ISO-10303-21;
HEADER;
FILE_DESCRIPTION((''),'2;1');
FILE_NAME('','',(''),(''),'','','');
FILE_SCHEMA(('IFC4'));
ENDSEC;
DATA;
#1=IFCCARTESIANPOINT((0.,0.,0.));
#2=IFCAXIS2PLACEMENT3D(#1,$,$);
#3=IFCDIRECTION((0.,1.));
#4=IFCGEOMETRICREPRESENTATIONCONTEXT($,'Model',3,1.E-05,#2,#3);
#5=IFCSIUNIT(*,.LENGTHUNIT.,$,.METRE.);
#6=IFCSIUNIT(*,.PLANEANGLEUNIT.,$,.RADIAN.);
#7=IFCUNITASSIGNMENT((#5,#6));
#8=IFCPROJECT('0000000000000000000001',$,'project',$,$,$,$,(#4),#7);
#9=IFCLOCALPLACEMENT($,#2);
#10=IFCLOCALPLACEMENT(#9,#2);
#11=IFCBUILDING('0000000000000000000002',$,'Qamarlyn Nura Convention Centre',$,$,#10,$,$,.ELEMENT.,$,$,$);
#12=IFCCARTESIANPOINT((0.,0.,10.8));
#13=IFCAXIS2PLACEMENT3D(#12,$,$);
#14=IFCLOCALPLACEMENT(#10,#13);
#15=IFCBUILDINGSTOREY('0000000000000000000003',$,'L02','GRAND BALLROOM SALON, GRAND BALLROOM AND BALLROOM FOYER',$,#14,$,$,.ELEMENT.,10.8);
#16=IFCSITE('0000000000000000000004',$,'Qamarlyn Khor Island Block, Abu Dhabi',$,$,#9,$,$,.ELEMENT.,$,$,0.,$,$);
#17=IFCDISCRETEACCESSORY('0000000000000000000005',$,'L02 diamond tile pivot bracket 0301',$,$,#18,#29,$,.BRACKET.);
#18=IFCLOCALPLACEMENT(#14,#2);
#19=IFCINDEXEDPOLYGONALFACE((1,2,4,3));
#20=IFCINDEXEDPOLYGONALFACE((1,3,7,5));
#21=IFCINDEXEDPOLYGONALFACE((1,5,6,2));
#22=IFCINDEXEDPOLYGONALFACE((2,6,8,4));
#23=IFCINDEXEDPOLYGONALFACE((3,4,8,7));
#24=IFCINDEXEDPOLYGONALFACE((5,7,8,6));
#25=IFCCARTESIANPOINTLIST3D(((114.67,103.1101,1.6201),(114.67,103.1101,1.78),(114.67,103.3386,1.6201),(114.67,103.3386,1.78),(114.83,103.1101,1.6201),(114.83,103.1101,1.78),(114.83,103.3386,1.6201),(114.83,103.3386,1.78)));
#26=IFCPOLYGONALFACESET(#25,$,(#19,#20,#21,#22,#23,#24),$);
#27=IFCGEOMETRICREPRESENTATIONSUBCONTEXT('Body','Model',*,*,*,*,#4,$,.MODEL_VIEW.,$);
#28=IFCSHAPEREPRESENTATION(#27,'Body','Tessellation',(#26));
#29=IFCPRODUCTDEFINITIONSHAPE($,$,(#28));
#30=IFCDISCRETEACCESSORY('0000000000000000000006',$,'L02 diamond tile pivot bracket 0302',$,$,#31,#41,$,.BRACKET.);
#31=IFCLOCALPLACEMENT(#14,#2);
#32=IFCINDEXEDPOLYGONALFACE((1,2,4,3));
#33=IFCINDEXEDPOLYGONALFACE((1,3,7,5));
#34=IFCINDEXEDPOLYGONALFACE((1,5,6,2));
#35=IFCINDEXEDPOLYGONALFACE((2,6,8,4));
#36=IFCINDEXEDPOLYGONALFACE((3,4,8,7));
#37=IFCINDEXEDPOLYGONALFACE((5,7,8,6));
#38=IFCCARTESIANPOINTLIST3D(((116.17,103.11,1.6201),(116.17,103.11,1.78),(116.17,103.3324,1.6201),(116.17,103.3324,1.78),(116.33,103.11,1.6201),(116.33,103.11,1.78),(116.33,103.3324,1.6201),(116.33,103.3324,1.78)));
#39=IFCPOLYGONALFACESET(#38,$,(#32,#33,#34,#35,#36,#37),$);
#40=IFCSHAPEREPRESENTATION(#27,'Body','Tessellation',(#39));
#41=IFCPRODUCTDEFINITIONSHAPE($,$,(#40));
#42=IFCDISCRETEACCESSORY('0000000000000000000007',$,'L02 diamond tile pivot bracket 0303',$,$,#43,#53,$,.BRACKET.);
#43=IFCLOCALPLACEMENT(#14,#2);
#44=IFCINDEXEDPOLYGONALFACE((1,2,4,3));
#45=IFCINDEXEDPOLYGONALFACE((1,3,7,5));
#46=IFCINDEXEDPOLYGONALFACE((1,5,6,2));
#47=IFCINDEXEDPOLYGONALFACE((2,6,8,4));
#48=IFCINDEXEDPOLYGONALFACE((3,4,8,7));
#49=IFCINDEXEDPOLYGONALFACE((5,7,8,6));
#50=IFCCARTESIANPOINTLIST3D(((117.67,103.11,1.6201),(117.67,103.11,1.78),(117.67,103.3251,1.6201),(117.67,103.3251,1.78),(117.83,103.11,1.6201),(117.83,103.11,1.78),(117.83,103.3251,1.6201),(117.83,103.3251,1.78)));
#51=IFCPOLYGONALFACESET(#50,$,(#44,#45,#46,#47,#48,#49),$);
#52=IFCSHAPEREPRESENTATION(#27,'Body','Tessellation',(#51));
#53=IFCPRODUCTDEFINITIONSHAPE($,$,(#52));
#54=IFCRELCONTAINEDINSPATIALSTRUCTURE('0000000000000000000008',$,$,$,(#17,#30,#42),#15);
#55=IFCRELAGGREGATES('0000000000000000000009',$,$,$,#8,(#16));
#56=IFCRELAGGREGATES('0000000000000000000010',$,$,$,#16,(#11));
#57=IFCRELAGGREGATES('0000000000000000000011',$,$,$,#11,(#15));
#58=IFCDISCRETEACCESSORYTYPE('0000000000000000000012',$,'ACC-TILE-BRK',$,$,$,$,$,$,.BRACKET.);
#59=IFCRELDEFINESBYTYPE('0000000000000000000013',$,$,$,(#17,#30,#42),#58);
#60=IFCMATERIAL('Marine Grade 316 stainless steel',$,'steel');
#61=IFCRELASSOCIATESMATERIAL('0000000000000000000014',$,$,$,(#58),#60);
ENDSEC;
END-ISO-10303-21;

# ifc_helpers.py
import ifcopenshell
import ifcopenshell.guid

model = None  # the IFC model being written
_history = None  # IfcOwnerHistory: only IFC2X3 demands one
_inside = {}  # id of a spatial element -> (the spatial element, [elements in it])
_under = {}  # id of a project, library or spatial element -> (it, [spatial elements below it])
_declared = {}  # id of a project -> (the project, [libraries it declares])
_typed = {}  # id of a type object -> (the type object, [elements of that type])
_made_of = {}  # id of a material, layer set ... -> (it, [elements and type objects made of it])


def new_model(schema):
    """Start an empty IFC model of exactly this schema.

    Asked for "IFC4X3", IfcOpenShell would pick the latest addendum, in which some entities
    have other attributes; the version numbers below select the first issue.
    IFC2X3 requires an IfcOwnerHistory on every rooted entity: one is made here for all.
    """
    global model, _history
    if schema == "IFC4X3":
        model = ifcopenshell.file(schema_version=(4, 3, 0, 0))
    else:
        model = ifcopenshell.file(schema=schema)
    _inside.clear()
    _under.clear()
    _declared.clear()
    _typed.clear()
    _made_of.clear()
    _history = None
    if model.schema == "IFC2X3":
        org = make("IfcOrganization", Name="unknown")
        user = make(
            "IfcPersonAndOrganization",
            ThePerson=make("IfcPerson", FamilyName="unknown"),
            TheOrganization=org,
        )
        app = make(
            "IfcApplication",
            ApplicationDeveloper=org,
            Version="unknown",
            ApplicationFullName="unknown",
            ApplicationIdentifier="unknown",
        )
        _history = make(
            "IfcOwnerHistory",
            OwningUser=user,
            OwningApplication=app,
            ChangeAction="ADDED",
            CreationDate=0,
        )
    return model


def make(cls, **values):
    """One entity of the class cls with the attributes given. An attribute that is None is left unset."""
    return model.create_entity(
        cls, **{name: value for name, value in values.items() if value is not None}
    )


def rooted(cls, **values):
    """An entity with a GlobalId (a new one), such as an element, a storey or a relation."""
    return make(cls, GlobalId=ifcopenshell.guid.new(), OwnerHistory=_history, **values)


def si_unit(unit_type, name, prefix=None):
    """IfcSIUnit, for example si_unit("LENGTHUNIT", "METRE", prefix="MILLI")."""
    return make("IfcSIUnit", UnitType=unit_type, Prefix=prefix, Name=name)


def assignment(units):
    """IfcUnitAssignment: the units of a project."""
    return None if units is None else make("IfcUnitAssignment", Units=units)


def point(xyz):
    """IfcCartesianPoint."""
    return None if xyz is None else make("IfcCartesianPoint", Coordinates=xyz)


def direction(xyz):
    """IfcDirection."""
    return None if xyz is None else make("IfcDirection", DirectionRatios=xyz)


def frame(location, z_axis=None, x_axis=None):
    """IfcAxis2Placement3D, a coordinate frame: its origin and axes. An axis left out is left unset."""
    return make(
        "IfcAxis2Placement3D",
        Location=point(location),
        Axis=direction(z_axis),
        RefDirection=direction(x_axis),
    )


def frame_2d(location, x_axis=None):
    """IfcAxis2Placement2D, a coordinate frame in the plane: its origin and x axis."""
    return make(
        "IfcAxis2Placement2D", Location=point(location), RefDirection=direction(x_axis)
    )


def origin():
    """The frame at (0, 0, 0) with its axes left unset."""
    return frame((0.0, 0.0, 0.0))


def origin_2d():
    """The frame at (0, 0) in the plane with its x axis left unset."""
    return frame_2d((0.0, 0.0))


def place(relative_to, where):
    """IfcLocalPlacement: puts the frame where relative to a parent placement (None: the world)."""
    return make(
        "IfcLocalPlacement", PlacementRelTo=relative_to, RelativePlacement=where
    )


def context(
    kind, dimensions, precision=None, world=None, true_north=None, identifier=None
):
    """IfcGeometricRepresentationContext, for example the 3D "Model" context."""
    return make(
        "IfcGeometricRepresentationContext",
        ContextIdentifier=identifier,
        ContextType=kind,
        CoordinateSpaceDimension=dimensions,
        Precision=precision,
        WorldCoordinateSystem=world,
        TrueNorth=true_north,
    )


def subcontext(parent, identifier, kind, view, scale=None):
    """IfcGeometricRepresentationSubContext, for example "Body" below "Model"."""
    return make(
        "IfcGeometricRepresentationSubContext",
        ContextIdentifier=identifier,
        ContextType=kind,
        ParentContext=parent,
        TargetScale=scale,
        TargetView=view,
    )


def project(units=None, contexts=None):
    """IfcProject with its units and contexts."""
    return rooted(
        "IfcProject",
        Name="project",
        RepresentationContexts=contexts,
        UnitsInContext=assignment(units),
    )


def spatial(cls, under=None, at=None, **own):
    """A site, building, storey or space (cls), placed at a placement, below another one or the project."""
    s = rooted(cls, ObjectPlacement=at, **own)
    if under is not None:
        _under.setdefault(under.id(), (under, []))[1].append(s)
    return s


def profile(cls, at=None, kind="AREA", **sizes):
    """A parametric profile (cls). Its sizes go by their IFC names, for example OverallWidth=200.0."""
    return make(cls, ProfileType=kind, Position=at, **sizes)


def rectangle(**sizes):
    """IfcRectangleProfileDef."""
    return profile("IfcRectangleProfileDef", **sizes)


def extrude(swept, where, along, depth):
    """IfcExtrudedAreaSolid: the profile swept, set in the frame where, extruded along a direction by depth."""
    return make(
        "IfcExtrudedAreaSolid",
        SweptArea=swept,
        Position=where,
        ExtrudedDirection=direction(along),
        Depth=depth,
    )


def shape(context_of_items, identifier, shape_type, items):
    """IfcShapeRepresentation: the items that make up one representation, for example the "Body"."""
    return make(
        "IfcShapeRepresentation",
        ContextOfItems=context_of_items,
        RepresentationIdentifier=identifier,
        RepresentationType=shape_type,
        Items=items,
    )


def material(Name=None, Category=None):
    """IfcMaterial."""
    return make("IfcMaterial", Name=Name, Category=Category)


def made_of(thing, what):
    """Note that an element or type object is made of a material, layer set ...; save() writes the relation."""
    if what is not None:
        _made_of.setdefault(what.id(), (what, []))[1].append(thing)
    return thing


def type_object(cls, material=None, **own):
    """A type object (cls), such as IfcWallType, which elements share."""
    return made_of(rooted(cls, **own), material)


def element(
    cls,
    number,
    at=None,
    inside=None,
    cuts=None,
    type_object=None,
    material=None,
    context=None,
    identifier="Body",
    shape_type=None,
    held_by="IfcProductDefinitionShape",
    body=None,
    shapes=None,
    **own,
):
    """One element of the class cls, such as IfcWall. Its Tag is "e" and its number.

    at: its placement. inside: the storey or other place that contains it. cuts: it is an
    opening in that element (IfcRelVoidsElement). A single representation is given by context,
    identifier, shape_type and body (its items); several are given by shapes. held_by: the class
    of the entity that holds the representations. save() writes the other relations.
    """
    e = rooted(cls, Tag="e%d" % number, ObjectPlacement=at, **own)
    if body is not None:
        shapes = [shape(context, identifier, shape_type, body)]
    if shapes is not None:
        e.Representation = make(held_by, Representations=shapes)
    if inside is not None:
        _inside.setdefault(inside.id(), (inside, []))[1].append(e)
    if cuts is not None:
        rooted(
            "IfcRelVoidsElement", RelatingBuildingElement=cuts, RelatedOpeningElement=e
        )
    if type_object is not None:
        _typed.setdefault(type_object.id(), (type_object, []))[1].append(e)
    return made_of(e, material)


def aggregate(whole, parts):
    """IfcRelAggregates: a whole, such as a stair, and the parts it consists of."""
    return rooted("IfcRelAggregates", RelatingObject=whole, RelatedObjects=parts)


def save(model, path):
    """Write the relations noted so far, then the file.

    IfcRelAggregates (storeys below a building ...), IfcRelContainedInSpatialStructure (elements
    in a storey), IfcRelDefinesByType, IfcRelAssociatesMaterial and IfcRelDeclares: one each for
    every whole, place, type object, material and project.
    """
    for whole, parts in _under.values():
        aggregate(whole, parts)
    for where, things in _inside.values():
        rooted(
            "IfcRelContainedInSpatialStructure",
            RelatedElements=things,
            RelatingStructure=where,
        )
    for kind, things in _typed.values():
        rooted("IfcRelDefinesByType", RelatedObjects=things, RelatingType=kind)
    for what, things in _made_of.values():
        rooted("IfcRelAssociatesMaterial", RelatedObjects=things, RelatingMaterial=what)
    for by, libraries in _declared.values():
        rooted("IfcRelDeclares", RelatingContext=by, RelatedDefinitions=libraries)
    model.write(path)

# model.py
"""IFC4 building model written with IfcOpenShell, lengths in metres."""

from ifc_helpers import new_model, si_unit, direction, frame, origin, origin_2d, place, context, subcontext, project, spatial, rectangle, extrude, material, type_object, element, save


model = new_model("IFC4")

# Units and contexts
model_context = context("Model", 3, precision=1e-05, world=origin(), true_north=direction((0.0, 1.0)))
body_context = subcontext(model_context, "Body", "Model", "MODEL_VIEW")
ifc_project = project(units=[si_unit("LENGTHUNIT", "METRE"), si_unit("PLANEANGLEUNIT", "RADIAN")], contexts=[model_context])

# Site, building, storey
site_placement = place(None, origin())
site = spatial("IfcSite", under=ifc_project, at=site_placement, Name="Qamarlyn Khor Island Block, Abu Dhabi", CompositionType="ELEMENT", RefElevation=0.0)
building_placement = place(site_placement, origin())
building = spatial("IfcBuilding", under=site, at=building_placement, Name="Qamarlyn Nura Convention Centre", CompositionType="ELEMENT")
storey_placement = place(building_placement, frame((0.0, 0.0, 10.8)))
storey = spatial("IfcBuildingStorey", under=building, at=storey_placement, Name="L02", Description="GRAND BALLROOM SALON, GRAND BALLROOM AND BALLROOM FOYER", CompositionType="ELEMENT", Elevation=10.8)

# Discrete accessories
ifc_material_1 = material(Name="Marine Grade 316 stainless steel", Category="steel")
discrete_accessory_type_1 = type_object("IfcDiscreteAccessoryType", Name="ACC-TILE-BRK", PredefinedType="BRACKET", material=ifc_material_1)
discrete_accessory_1_placement = place(storey_placement, frame((114.75, 103.2244, 1.6201), z_axis=(0.0, 0.0, 1.0), x_axis=(0.0, 1.0, 0.0)))
element("IfcDiscreteAccessory", 1, at=discrete_accessory_1_placement, inside=storey, type_object=discrete_accessory_type_1, Name="L02 diamond tile pivot bracket 0301", PredefinedType="BRACKET", context=body_context, shape_type="SweptSolid", body=[
    extrude(rectangle(XDim=0.2285, YDim=0.1599, at=origin_2d()), origin(), (0.0, 0.0, 1.0), 0.1599),
])
discrete_accessory_2_placement = place(storey_placement, frame((116.25, 103.2212, 1.6201), z_axis=(0.0, 0.0, 1.0), x_axis=(0.0, 1.0, 0.0)))
element("IfcDiscreteAccessory", 2, at=discrete_accessory_2_placement, inside=storey, type_object=discrete_accessory_type_1, Name="L02 diamond tile pivot bracket 0302", PredefinedType="BRACKET", context=body_context, shape_type="SweptSolid", body=[
    extrude(rectangle(XDim=0.2224, YDim=0.1599, at=origin_2d()), origin(), (0.0, 0.0, 1.0), 0.1599),
])
discrete_accessory_3_placement = place(storey_placement, frame((117.75, 103.2175, 1.6201), z_axis=(0.0, 0.0, 1.0), x_axis=(0.0, 1.0, 0.0)))
element("IfcDiscreteAccessory", 3, at=discrete_accessory_3_placement, inside=storey, type_object=discrete_accessory_type_1, Name="L02 diamond tile pivot bracket 0303", PredefinedType="BRACKET", context=body_context, shape_type="SweptSolid", body=[
    extrude(rectangle(XDim=0.2151, YDim=0.1599, at=origin_2d()), origin(), (0.0, 0.0, 1.0), 0.1599),
])

save(model, "model.ifc")
